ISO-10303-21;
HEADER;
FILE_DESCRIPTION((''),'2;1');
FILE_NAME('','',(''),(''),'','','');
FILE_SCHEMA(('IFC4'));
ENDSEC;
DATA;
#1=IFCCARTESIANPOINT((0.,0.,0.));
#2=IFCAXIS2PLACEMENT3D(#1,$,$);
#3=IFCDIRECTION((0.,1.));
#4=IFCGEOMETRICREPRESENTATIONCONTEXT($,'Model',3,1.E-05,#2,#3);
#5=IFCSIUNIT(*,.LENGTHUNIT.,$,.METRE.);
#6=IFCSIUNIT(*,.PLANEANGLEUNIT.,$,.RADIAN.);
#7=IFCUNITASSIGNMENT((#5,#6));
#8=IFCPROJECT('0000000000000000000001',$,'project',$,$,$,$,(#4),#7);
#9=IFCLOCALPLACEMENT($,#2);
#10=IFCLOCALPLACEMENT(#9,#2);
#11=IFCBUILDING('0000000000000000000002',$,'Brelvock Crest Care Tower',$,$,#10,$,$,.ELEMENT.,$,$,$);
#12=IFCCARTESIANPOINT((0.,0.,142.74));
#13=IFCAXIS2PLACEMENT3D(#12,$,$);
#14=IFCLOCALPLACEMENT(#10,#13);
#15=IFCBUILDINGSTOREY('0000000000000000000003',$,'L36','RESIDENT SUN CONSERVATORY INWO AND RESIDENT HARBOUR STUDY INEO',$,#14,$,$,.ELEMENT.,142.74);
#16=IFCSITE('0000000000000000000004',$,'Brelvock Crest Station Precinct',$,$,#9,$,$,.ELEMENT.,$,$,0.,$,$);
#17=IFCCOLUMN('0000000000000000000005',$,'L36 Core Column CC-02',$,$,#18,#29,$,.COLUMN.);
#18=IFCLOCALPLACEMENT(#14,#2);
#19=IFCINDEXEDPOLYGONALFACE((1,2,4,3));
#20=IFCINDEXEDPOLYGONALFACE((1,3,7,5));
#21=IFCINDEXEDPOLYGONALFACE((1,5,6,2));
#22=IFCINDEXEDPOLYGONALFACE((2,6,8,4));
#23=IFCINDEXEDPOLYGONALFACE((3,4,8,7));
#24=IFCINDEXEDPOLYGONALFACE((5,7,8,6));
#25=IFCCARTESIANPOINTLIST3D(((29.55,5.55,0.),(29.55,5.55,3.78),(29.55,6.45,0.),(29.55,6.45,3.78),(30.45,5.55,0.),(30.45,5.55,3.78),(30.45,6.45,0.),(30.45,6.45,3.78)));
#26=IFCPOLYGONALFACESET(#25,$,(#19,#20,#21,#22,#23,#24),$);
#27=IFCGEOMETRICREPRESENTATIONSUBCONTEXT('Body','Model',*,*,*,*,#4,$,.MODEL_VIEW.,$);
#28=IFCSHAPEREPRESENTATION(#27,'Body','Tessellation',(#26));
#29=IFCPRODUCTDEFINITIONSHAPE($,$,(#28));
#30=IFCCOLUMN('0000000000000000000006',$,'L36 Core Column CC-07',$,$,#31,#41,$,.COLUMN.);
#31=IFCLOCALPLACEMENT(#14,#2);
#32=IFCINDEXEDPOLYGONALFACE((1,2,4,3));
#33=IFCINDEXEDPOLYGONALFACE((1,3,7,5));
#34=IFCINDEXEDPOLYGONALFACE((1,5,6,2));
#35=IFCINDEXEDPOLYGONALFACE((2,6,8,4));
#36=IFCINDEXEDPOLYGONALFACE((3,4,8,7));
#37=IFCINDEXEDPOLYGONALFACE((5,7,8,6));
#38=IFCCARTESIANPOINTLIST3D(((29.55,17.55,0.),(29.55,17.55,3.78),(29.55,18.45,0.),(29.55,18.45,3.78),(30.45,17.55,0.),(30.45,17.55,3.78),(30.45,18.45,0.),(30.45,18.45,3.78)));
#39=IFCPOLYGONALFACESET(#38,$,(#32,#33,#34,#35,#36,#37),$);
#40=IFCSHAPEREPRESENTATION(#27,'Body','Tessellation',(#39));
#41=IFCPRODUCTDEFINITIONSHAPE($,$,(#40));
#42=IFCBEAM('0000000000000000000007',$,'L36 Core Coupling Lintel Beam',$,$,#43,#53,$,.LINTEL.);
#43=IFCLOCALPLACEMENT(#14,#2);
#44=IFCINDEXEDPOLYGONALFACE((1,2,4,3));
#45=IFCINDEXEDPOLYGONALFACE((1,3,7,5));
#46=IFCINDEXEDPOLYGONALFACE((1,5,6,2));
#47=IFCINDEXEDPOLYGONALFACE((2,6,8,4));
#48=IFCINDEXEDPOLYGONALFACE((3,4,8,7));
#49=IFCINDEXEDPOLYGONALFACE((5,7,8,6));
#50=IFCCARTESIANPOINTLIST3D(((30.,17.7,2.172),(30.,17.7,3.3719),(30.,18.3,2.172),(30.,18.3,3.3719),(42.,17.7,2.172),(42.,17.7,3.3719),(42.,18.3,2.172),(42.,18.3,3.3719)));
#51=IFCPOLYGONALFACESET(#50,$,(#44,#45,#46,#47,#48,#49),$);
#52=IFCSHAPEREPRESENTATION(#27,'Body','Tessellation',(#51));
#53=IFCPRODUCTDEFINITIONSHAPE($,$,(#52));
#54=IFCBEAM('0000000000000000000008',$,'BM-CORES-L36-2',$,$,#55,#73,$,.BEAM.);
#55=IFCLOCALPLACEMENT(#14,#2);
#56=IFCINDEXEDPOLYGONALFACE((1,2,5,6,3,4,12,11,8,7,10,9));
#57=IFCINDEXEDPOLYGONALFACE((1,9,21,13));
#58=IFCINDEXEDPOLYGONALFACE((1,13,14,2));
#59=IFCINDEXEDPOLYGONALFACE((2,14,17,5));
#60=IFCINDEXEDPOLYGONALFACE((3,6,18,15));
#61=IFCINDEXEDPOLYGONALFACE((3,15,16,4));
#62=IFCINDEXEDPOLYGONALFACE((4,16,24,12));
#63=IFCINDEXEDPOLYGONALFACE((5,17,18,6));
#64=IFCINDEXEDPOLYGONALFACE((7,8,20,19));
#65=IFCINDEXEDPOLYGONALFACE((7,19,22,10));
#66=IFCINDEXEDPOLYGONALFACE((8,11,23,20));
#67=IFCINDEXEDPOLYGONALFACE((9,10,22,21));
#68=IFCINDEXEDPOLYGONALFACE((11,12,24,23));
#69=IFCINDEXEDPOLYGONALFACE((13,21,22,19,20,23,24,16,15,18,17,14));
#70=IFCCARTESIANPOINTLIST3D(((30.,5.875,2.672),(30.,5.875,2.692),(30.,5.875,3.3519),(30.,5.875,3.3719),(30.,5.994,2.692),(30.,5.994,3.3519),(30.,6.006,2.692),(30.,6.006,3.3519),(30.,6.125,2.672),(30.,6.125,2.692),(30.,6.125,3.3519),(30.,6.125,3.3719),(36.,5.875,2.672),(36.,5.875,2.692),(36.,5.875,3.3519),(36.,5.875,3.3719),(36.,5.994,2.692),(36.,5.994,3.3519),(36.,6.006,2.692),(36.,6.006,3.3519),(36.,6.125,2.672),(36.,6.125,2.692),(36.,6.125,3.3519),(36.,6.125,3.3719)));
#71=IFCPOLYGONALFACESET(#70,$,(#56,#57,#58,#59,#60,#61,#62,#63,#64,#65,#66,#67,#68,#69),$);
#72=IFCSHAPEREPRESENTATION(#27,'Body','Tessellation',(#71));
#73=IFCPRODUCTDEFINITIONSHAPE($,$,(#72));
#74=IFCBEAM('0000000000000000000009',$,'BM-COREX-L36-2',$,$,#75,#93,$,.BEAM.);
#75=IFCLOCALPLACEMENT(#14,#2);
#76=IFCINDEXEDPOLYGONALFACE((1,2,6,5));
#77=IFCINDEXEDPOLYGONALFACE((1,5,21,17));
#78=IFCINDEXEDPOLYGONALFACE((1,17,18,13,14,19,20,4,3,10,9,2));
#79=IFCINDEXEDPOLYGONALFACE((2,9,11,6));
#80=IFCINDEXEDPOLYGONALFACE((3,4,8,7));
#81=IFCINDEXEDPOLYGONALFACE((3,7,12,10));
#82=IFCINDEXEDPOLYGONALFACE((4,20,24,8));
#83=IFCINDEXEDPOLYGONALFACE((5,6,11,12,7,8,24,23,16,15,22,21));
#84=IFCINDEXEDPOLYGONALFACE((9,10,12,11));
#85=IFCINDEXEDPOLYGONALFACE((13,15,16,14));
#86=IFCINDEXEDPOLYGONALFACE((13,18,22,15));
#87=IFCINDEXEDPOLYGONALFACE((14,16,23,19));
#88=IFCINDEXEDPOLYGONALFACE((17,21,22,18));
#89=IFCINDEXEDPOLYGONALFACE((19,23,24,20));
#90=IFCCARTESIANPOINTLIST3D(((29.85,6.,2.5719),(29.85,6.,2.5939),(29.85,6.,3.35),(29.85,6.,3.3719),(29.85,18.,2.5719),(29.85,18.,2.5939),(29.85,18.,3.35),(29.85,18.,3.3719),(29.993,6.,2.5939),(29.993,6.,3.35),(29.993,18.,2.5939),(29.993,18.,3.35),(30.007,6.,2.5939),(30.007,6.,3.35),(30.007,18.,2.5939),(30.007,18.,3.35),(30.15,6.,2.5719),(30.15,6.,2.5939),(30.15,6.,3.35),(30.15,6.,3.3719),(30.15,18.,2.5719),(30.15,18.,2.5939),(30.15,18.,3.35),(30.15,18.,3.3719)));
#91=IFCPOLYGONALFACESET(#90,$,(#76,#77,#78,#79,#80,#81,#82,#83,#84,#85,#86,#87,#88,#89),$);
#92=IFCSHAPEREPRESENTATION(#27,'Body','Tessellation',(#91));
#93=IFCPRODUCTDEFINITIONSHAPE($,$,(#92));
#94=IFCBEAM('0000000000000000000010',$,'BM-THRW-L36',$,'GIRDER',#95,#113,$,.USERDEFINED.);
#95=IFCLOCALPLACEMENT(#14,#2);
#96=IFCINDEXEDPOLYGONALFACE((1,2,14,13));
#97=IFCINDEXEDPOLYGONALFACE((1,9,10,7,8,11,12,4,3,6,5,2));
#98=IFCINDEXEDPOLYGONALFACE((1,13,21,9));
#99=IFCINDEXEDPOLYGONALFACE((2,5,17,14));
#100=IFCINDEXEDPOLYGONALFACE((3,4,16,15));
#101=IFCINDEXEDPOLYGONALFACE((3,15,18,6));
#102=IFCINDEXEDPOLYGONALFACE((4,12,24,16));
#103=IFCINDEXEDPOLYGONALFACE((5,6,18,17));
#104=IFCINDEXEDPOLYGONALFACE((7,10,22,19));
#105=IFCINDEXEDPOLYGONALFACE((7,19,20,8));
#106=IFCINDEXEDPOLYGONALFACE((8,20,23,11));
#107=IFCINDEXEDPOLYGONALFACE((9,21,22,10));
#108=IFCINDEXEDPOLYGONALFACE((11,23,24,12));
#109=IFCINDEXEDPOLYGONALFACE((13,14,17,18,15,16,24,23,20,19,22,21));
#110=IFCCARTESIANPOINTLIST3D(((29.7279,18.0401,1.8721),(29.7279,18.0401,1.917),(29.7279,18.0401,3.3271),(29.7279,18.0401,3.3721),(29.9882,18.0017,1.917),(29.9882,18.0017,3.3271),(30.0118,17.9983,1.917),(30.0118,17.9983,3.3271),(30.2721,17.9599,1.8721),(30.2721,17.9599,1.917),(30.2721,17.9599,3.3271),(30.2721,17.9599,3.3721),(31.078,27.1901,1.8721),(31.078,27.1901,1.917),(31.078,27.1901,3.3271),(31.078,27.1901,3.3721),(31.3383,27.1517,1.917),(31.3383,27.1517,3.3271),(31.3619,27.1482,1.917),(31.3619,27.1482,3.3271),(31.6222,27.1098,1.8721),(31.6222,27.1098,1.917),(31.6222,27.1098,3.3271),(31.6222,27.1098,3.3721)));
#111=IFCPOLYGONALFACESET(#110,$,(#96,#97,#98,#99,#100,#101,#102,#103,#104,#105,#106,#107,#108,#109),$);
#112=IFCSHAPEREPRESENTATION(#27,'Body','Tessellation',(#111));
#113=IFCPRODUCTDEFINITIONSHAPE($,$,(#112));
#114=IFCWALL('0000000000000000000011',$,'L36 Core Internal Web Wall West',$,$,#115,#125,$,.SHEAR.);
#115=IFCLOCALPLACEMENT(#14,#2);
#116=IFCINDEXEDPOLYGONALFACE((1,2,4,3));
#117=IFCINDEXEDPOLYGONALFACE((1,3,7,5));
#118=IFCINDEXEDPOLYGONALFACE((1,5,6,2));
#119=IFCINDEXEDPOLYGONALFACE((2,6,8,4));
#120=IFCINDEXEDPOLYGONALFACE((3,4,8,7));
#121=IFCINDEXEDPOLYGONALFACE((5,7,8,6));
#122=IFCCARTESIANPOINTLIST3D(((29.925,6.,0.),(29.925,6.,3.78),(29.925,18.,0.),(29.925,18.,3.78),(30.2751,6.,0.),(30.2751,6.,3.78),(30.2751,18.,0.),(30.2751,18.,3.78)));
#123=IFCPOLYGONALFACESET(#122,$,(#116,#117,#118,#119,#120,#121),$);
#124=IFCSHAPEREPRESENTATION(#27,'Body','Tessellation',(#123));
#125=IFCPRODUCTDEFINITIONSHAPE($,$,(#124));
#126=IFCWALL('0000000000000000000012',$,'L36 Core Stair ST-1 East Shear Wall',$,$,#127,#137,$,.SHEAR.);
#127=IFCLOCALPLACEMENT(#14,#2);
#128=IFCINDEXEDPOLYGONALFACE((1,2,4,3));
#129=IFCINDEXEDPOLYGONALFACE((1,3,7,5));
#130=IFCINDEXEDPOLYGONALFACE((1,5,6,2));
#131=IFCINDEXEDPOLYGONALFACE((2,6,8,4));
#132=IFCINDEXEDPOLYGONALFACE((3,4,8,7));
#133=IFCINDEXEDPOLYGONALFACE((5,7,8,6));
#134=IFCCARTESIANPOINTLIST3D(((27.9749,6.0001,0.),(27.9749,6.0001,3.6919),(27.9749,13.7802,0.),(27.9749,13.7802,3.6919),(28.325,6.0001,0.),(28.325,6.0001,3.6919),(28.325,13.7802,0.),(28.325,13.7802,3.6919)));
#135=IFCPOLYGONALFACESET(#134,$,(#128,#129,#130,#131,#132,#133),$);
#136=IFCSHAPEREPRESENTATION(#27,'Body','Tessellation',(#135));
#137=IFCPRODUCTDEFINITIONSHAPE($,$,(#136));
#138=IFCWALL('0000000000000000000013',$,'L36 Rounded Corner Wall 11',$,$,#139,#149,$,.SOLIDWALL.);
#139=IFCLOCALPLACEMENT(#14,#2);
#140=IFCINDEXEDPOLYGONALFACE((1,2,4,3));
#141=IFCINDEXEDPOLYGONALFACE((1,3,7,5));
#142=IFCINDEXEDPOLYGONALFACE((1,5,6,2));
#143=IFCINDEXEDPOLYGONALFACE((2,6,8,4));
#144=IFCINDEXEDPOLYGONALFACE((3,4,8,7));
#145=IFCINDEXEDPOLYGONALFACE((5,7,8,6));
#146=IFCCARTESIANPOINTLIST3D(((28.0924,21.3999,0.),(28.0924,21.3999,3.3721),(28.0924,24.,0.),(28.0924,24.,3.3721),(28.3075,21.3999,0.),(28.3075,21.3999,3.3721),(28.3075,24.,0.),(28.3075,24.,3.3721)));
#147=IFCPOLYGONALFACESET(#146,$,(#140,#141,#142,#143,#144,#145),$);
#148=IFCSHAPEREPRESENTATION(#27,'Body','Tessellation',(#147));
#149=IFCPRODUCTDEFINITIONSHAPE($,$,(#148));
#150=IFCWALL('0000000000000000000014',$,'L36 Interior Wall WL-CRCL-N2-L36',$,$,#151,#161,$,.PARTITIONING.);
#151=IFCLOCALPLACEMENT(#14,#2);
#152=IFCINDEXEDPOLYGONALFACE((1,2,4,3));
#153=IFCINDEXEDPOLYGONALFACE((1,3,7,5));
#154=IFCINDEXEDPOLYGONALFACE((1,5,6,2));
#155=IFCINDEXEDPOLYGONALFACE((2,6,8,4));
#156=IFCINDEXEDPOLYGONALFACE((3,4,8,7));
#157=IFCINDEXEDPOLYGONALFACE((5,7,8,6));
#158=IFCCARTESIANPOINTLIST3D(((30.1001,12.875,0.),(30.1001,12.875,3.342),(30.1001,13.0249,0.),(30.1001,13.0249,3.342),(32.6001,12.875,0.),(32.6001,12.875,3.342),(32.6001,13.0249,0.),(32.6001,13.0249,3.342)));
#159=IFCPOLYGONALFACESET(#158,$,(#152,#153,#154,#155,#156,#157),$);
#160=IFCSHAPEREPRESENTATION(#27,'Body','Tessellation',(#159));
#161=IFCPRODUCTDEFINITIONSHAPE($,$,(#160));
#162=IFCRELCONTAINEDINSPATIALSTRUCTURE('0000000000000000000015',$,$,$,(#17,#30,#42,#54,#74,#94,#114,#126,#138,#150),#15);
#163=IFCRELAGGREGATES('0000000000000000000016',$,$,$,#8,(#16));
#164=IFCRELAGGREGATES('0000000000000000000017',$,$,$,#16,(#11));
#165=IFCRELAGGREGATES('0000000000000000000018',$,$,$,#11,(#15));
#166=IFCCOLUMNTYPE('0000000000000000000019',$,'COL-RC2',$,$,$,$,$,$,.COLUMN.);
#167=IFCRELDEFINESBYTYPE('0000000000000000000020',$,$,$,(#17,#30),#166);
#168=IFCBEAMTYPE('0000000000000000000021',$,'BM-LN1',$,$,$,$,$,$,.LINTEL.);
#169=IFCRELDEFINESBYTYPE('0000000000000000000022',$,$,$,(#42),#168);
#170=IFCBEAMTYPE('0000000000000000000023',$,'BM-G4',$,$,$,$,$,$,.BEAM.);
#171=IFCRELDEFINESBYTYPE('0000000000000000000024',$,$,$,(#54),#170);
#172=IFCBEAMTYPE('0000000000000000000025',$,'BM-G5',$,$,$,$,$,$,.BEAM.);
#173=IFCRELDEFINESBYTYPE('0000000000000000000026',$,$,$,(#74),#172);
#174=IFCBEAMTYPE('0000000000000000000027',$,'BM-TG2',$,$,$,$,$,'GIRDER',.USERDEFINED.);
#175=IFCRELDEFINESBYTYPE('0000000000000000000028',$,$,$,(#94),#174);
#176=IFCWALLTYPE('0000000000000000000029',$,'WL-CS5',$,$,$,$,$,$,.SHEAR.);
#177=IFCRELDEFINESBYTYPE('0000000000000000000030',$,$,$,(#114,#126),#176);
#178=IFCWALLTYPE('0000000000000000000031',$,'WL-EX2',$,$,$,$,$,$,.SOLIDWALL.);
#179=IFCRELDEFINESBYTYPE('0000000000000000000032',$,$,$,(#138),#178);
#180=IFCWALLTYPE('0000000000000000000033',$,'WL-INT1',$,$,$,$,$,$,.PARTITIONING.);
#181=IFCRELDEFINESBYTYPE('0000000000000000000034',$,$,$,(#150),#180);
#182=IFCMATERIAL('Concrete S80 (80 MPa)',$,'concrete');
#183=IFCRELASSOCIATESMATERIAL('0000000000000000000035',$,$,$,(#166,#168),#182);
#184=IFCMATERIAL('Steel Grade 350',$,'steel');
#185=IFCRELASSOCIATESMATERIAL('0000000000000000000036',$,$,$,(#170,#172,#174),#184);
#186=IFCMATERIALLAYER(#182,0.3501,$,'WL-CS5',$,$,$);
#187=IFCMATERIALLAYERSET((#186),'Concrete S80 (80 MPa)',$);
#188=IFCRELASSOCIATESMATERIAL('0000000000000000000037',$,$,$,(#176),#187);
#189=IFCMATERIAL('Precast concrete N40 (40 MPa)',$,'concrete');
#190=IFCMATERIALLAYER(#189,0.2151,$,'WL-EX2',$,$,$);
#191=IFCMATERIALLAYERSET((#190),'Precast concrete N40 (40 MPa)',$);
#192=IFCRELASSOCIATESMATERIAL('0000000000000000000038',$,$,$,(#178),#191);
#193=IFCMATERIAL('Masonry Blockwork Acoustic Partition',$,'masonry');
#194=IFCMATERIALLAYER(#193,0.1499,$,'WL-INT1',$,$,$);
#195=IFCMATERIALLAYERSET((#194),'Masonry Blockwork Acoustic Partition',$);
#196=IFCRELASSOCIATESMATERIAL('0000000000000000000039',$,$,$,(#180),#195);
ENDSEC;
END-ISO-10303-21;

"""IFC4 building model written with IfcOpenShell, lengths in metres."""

from ifc_helpers import new_model, si_unit, direction, frame, frame_2d, origin, origin_2d, place, context, subcontext, project, spatial, rectangle, i_section, extrude, source, transform, mapped, material, layer, layer_set, material_profile, profile_set, type_object, element, save


model = new_model("IFC4")

# Units and contexts
model_context = context("Model", 3, precision=1e-05, world=origin(), true_north=direction((0.0, 1.0)))
body_context = subcontext(model_context, "Body", "Model", "MODEL_VIEW")
ifc_project = project(units=[si_unit("LENGTHUNIT", "METRE"), si_unit("PLANEANGLEUNIT", "RADIAN")], contexts=[model_context])

# Site, building, storey
site_placement = place(None, origin())
site = spatial("IfcSite", under=ifc_project, at=site_placement, Name="Brelvock Crest Station Precinct", CompositionType="ELEMENT", RefElevation=0.0)
building_placement = place(site_placement, origin())
building = spatial("IfcBuilding", under=site, at=building_placement, Name="Brelvock Crest Care Tower", CompositionType="ELEMENT")
storey_placement = place(building_placement, frame((0.0, 0.0, 142.74)))
storey = spatial("IfcBuildingStorey", under=building, at=storey_placement, Name="L36", Description="RESIDENT SUN CONSERVATORY INWO AND RESIDENT HARBOUR STUDY INEO", CompositionType="ELEMENT", Elevation=142.74)

# Columns
ifc_material_1 = material(Name="Concrete S80 (80 MPa)", Category="concrete")
ifc_material_profile_1 = material_profile(ifc_material_1, rectangle(XDim=0.8999, YDim=0.8999, at=origin_2d()), Name="RC900x900")
ifc_profile_set_1 = profile_set([ifc_material_profile_1], Name="Concrete S80 (80 MPa)")
column_type = type_object("IfcColumnType", Name="COL-RC2", PredefinedType="COLUMN", material=ifc_profile_set_1)
shared_shape_1 = source(origin(), body_context, "Body", "SweptSolid", [
    extrude(rectangle(XDim=0.8999, YDim=0.8999, at=origin_2d()), origin(), (0.0, 0.0, 1.0), 3.78),
])
for number, where, z_axis, x_axis, name in (
    (1, (30.0, 6.0, 0.0), (0.0, 0.0, 1.0), (1.0, 0.0, 0.0), "L36 Core Column CC-02"),
    (2, (30.0, 18.0, 0.0), (0.0, 0.0, 1.0), (1.0, 0.0, 0.0), "L36 Core Column CC-07"),
):
    element("IfcColumn", number, at=place(storey_placement, frame(where, z_axis=z_axis, x_axis=x_axis)), inside=storey, type_object=column_type, Name=name, PredefinedType="COLUMN", context=body_context, shape_type="MappedRepresentation", body=[
        mapped(shared_shape_1, transform((0.0, 0.0, 0.0), x_axis=(1.0, 0.0, 0.0), y_axis=(0.0, 1.0, 0.0), z_axis=(0.0, 0.0, 1.0), scale=1.0)),
    ])

# Beams
ifc_material_profile_2 = material_profile(ifc_material_1, rectangle(XDim=0.6001, YDim=1.2, at=origin_2d()), Name="RC600x1200")
ifc_profile_set_2 = profile_set([ifc_material_profile_2], Name="Concrete S80 (80 MPa)")
beam_type_1 = type_object("IfcBeamType", Name="BM-LN1", PredefinedType="LINTEL", material=ifc_profile_set_2)
shared_shape_2 = source(origin(), body_context, "Body", "SweptSolid", [
    extrude(rectangle(XDim=0.6001, YDim=1.2, at=origin_2d()), origin(), (0.0, 0.0, 1.0), 12.0),
])
beam_1_placement = place(storey_placement, frame((30.0, 18.0, 2.772), z_axis=(1.0, 0.0, 0.0), x_axis=(0.0, 1.0, 0.0)))
element("IfcBeam", 3, at=beam_1_placement, inside=storey, type_object=beam_type_1, Name="L36 Core Coupling Lintel Beam", PredefinedType="LINTEL", context=body_context, shape_type="MappedRepresentation", body=[
    mapped(shared_shape_2, transform((0.0, 0.0, 0.0), x_axis=(1.0, 0.0, 0.0), y_axis=(0.0, 1.0, 0.0), z_axis=(0.0, 0.0, 1.0), scale=1.0)),
])
ifc_material_2 = material(Name="Steel Grade 350", Category="steel")
ifc_material_profile_3 = material_profile(ifc_material_2, i_section(OverallWidth=0.25, OverallDepth=0.7, WebThickness=0.012, FlangeThickness=0.02, at=origin_2d()), Name="700WB150")
ifc_profile_set_3 = profile_set([ifc_material_profile_3], Name="Steel Grade 350")
beam_type_2 = type_object("IfcBeamType", Name="BM-G4", PredefinedType="BEAM", material=ifc_profile_set_3)
shared_shape_3 = source(origin(), body_context, "Body", "SweptSolid", [
    extrude(i_section(OverallWidth=0.25, OverallDepth=0.7, WebThickness=0.012, FlangeThickness=0.02, at=origin_2d()), origin(), (0.0, 0.0, 1.0), 6.0),
])
beam_2_placement = place(storey_placement, frame((30.0, 6.0, 3.022), z_axis=(1.0, 0.0, 0.0), x_axis=(0.0, 1.0, 0.0)))
element("IfcBeam", 4, at=beam_2_placement, inside=storey, type_object=beam_type_2, Name="BM-CORES-L36-2", PredefinedType="BEAM", context=body_context, shape_type="MappedRepresentation", body=[
    mapped(shared_shape_3, transform((0.0, 0.0, 0.0), x_axis=(1.0, 0.0, 0.0), y_axis=(0.0, 1.0, 0.0), z_axis=(0.0, 0.0, 1.0), scale=1.0)),
])
ifc_material_profile_4 = material_profile(ifc_material_2, i_section(OverallWidth=0.3, OverallDepth=0.8, WebThickness=0.0139, FlangeThickness=0.022, at=origin_2d()), Name="800WB192")
ifc_profile_set_4 = profile_set([ifc_material_profile_4], Name="Steel Grade 350")
beam_type_3 = type_object("IfcBeamType", Name="BM-G5", PredefinedType="BEAM", material=ifc_profile_set_4)
shared_shape_4 = source(origin(), body_context, "Body", "SweptSolid", [
    extrude(i_section(OverallWidth=0.3, OverallDepth=0.8, WebThickness=0.0139, FlangeThickness=0.022, at=origin_2d()), origin(), (0.0, 0.0, 1.0), 12.0),
])
beam_3_placement = place(storey_placement, frame((30.0, 6.0, 2.9719), z_axis=(0.0, 1.0, 0.0), x_axis=(-1.0, 0.0, 0.0)))
element("IfcBeam", 5, at=beam_3_placement, inside=storey, type_object=beam_type_3, Name="BM-COREX-L36-2", PredefinedType="BEAM", context=body_context, shape_type="MappedRepresentation", body=[
    mapped(shared_shape_4, transform((0.0, 0.0, 0.0), x_axis=(1.0, 0.0, 0.0), y_axis=(0.0, 1.0, 0.0), z_axis=(0.0, 0.0, 1.0), scale=1.0)),
])
ifc_material_profile_5 = material_profile(ifc_material_2, i_section(OverallWidth=0.55, OverallDepth=1.5, WebThickness=0.0239, FlangeThickness=0.0449, at=origin_2d()), Name="1500TG580")
ifc_profile_set_5 = profile_set([ifc_material_profile_5], Name="Steel Grade 350")
beam_type_4 = type_object("IfcBeamType", Name="BM-TG2", ElementType="GIRDER", PredefinedType="USERDEFINED", material=ifc_profile_set_5)
shared_shape_5 = source(origin(), body_context, "Body", "SweptSolid", [
    extrude(i_section(OverallWidth=0.55, OverallDepth=1.5, WebThickness=0.0239, FlangeThickness=0.0449, at=origin_2d()), origin(), (0.0, 0.0, 1.0), 9.249),
])
beam_4_placement = place(storey_placement, frame((30.0, 18.0, 2.6221), z_axis=(0.145973, 0.989289, 0.0), x_axis=(-0.989289, 0.145973, 0.0)))
element("IfcBeam", 6, at=beam_4_placement, inside=storey, type_object=beam_type_4, Name="BM-THRW-L36", ObjectType="GIRDER", PredefinedType="USERDEFINED", context=body_context, shape_type="MappedRepresentation", body=[
    mapped(shared_shape_5, transform((0.0, 0.0, 0.0), x_axis=(1.0, 0.0, 0.0), y_axis=(0.0, 1.0, 0.0), z_axis=(0.0, 0.0, 1.0), scale=1.0)),
])

# Walls
ifc_layer_1 = layer(ifc_material_1, 0.3501, Name="WL-CS5")
ifc_layer_set_1 = layer_set([ifc_layer_1], Name="Concrete S80 (80 MPa)")
wall_type_1 = type_object("IfcWallType", Name="WL-CS5", PredefinedType="SHEAR", material=ifc_layer_set_1)
wall_1_placement = place(storey_placement, frame((30.1001, 6.0, 0.0), z_axis=(0.0, 0.0, 1.0), x_axis=(0.0, 1.0, 0.0)))
element("IfcWall", 7, at=wall_1_placement, inside=storey, type_object=wall_type_1, Name="L36 Core Internal Web Wall West", PredefinedType="SHEAR", context=body_context, shape_type="SweptSolid", body=[
    extrude(rectangle(XDim=12.0, YDim=0.3501, at=frame_2d((6.0, 0.0))), origin(), (0.0, 0.0, 1.0), 3.78),
])
wall_2_placement = place(storey_placement, frame((28.1499, 6.0, 0.0), z_axis=(0.0, 0.0, 1.0), x_axis=(0.0, 1.0, 0.0)))
element("IfcWall", 8, at=wall_2_placement, inside=storey, type_object=wall_type_1, Name="L36 Core Stair ST-1 East Shear Wall", PredefinedType="SHEAR", context=body_context, shape_type="SweptSolid", body=[
    extrude(rectangle(XDim=7.78, YDim=0.3501, at=frame_2d((3.8901, 0.0))), origin(), (0.0, 0.0, 1.0), 3.6919),
])
ifc_material_3 = material(Name="Precast concrete N40 (40 MPa)", Category="concrete")
ifc_layer_2 = layer(ifc_material_3, 0.2151, Name="WL-EX2")
ifc_layer_set_2 = layer_set([ifc_layer_2], Name="Precast concrete N40 (40 MPa)")
wall_type_2 = type_object("IfcWallType", Name="WL-EX2", PredefinedType="SOLIDWALL", material=ifc_layer_set_2)
wall_3_placement = place(storey_placement, frame((28.2, 21.3999, 0.0), z_axis=(0.0, 0.0, 1.0), x_axis=(0.0, 1.0, 0.0)))
element("IfcWall", 9, at=wall_3_placement, inside=storey, type_object=wall_type_2, Name="L36 Rounded Corner Wall 11", PredefinedType="SOLIDWALL", context=body_context, shape_type="SweptSolid", body=[
    extrude(rectangle(XDim=2.6001, YDim=0.2151, at=frame_2d((1.3, 0.0))), origin(), (0.0, 0.0, 1.0), 3.3721),
])
ifc_material_4 = material(Name="Masonry Blockwork Acoustic Partition", Category="masonry")
ifc_layer_3 = layer(ifc_material_4, 0.1499, Name="WL-INT1")
ifc_layer_set_3 = layer_set([ifc_layer_3], Name="Masonry Blockwork Acoustic Partition")
wall_type_3 = type_object("IfcWallType", Name="WL-INT1", PredefinedType="PARTITIONING", material=ifc_layer_set_3)
wall_4_placement = place(storey_placement, frame((30.1001, 12.95, 0.0), z_axis=(0.0, 0.0, 1.0), x_axis=(1.0, 0.0, 0.0)))
element("IfcWall", 10, at=wall_4_placement, inside=storey, type_object=wall_type_3, Name="L36 Interior Wall WL-CRCL-N2-L36", PredefinedType="PARTITIONING", context=body_context, shape_type="SweptSolid", body=[
    extrude(rectangle(XDim=2.5, YDim=0.1499, at=frame_2d((1.25, 0.0))), origin(), (0.0, 0.0, 1.0), 3.342),
])

save(model, "model.ifc")
